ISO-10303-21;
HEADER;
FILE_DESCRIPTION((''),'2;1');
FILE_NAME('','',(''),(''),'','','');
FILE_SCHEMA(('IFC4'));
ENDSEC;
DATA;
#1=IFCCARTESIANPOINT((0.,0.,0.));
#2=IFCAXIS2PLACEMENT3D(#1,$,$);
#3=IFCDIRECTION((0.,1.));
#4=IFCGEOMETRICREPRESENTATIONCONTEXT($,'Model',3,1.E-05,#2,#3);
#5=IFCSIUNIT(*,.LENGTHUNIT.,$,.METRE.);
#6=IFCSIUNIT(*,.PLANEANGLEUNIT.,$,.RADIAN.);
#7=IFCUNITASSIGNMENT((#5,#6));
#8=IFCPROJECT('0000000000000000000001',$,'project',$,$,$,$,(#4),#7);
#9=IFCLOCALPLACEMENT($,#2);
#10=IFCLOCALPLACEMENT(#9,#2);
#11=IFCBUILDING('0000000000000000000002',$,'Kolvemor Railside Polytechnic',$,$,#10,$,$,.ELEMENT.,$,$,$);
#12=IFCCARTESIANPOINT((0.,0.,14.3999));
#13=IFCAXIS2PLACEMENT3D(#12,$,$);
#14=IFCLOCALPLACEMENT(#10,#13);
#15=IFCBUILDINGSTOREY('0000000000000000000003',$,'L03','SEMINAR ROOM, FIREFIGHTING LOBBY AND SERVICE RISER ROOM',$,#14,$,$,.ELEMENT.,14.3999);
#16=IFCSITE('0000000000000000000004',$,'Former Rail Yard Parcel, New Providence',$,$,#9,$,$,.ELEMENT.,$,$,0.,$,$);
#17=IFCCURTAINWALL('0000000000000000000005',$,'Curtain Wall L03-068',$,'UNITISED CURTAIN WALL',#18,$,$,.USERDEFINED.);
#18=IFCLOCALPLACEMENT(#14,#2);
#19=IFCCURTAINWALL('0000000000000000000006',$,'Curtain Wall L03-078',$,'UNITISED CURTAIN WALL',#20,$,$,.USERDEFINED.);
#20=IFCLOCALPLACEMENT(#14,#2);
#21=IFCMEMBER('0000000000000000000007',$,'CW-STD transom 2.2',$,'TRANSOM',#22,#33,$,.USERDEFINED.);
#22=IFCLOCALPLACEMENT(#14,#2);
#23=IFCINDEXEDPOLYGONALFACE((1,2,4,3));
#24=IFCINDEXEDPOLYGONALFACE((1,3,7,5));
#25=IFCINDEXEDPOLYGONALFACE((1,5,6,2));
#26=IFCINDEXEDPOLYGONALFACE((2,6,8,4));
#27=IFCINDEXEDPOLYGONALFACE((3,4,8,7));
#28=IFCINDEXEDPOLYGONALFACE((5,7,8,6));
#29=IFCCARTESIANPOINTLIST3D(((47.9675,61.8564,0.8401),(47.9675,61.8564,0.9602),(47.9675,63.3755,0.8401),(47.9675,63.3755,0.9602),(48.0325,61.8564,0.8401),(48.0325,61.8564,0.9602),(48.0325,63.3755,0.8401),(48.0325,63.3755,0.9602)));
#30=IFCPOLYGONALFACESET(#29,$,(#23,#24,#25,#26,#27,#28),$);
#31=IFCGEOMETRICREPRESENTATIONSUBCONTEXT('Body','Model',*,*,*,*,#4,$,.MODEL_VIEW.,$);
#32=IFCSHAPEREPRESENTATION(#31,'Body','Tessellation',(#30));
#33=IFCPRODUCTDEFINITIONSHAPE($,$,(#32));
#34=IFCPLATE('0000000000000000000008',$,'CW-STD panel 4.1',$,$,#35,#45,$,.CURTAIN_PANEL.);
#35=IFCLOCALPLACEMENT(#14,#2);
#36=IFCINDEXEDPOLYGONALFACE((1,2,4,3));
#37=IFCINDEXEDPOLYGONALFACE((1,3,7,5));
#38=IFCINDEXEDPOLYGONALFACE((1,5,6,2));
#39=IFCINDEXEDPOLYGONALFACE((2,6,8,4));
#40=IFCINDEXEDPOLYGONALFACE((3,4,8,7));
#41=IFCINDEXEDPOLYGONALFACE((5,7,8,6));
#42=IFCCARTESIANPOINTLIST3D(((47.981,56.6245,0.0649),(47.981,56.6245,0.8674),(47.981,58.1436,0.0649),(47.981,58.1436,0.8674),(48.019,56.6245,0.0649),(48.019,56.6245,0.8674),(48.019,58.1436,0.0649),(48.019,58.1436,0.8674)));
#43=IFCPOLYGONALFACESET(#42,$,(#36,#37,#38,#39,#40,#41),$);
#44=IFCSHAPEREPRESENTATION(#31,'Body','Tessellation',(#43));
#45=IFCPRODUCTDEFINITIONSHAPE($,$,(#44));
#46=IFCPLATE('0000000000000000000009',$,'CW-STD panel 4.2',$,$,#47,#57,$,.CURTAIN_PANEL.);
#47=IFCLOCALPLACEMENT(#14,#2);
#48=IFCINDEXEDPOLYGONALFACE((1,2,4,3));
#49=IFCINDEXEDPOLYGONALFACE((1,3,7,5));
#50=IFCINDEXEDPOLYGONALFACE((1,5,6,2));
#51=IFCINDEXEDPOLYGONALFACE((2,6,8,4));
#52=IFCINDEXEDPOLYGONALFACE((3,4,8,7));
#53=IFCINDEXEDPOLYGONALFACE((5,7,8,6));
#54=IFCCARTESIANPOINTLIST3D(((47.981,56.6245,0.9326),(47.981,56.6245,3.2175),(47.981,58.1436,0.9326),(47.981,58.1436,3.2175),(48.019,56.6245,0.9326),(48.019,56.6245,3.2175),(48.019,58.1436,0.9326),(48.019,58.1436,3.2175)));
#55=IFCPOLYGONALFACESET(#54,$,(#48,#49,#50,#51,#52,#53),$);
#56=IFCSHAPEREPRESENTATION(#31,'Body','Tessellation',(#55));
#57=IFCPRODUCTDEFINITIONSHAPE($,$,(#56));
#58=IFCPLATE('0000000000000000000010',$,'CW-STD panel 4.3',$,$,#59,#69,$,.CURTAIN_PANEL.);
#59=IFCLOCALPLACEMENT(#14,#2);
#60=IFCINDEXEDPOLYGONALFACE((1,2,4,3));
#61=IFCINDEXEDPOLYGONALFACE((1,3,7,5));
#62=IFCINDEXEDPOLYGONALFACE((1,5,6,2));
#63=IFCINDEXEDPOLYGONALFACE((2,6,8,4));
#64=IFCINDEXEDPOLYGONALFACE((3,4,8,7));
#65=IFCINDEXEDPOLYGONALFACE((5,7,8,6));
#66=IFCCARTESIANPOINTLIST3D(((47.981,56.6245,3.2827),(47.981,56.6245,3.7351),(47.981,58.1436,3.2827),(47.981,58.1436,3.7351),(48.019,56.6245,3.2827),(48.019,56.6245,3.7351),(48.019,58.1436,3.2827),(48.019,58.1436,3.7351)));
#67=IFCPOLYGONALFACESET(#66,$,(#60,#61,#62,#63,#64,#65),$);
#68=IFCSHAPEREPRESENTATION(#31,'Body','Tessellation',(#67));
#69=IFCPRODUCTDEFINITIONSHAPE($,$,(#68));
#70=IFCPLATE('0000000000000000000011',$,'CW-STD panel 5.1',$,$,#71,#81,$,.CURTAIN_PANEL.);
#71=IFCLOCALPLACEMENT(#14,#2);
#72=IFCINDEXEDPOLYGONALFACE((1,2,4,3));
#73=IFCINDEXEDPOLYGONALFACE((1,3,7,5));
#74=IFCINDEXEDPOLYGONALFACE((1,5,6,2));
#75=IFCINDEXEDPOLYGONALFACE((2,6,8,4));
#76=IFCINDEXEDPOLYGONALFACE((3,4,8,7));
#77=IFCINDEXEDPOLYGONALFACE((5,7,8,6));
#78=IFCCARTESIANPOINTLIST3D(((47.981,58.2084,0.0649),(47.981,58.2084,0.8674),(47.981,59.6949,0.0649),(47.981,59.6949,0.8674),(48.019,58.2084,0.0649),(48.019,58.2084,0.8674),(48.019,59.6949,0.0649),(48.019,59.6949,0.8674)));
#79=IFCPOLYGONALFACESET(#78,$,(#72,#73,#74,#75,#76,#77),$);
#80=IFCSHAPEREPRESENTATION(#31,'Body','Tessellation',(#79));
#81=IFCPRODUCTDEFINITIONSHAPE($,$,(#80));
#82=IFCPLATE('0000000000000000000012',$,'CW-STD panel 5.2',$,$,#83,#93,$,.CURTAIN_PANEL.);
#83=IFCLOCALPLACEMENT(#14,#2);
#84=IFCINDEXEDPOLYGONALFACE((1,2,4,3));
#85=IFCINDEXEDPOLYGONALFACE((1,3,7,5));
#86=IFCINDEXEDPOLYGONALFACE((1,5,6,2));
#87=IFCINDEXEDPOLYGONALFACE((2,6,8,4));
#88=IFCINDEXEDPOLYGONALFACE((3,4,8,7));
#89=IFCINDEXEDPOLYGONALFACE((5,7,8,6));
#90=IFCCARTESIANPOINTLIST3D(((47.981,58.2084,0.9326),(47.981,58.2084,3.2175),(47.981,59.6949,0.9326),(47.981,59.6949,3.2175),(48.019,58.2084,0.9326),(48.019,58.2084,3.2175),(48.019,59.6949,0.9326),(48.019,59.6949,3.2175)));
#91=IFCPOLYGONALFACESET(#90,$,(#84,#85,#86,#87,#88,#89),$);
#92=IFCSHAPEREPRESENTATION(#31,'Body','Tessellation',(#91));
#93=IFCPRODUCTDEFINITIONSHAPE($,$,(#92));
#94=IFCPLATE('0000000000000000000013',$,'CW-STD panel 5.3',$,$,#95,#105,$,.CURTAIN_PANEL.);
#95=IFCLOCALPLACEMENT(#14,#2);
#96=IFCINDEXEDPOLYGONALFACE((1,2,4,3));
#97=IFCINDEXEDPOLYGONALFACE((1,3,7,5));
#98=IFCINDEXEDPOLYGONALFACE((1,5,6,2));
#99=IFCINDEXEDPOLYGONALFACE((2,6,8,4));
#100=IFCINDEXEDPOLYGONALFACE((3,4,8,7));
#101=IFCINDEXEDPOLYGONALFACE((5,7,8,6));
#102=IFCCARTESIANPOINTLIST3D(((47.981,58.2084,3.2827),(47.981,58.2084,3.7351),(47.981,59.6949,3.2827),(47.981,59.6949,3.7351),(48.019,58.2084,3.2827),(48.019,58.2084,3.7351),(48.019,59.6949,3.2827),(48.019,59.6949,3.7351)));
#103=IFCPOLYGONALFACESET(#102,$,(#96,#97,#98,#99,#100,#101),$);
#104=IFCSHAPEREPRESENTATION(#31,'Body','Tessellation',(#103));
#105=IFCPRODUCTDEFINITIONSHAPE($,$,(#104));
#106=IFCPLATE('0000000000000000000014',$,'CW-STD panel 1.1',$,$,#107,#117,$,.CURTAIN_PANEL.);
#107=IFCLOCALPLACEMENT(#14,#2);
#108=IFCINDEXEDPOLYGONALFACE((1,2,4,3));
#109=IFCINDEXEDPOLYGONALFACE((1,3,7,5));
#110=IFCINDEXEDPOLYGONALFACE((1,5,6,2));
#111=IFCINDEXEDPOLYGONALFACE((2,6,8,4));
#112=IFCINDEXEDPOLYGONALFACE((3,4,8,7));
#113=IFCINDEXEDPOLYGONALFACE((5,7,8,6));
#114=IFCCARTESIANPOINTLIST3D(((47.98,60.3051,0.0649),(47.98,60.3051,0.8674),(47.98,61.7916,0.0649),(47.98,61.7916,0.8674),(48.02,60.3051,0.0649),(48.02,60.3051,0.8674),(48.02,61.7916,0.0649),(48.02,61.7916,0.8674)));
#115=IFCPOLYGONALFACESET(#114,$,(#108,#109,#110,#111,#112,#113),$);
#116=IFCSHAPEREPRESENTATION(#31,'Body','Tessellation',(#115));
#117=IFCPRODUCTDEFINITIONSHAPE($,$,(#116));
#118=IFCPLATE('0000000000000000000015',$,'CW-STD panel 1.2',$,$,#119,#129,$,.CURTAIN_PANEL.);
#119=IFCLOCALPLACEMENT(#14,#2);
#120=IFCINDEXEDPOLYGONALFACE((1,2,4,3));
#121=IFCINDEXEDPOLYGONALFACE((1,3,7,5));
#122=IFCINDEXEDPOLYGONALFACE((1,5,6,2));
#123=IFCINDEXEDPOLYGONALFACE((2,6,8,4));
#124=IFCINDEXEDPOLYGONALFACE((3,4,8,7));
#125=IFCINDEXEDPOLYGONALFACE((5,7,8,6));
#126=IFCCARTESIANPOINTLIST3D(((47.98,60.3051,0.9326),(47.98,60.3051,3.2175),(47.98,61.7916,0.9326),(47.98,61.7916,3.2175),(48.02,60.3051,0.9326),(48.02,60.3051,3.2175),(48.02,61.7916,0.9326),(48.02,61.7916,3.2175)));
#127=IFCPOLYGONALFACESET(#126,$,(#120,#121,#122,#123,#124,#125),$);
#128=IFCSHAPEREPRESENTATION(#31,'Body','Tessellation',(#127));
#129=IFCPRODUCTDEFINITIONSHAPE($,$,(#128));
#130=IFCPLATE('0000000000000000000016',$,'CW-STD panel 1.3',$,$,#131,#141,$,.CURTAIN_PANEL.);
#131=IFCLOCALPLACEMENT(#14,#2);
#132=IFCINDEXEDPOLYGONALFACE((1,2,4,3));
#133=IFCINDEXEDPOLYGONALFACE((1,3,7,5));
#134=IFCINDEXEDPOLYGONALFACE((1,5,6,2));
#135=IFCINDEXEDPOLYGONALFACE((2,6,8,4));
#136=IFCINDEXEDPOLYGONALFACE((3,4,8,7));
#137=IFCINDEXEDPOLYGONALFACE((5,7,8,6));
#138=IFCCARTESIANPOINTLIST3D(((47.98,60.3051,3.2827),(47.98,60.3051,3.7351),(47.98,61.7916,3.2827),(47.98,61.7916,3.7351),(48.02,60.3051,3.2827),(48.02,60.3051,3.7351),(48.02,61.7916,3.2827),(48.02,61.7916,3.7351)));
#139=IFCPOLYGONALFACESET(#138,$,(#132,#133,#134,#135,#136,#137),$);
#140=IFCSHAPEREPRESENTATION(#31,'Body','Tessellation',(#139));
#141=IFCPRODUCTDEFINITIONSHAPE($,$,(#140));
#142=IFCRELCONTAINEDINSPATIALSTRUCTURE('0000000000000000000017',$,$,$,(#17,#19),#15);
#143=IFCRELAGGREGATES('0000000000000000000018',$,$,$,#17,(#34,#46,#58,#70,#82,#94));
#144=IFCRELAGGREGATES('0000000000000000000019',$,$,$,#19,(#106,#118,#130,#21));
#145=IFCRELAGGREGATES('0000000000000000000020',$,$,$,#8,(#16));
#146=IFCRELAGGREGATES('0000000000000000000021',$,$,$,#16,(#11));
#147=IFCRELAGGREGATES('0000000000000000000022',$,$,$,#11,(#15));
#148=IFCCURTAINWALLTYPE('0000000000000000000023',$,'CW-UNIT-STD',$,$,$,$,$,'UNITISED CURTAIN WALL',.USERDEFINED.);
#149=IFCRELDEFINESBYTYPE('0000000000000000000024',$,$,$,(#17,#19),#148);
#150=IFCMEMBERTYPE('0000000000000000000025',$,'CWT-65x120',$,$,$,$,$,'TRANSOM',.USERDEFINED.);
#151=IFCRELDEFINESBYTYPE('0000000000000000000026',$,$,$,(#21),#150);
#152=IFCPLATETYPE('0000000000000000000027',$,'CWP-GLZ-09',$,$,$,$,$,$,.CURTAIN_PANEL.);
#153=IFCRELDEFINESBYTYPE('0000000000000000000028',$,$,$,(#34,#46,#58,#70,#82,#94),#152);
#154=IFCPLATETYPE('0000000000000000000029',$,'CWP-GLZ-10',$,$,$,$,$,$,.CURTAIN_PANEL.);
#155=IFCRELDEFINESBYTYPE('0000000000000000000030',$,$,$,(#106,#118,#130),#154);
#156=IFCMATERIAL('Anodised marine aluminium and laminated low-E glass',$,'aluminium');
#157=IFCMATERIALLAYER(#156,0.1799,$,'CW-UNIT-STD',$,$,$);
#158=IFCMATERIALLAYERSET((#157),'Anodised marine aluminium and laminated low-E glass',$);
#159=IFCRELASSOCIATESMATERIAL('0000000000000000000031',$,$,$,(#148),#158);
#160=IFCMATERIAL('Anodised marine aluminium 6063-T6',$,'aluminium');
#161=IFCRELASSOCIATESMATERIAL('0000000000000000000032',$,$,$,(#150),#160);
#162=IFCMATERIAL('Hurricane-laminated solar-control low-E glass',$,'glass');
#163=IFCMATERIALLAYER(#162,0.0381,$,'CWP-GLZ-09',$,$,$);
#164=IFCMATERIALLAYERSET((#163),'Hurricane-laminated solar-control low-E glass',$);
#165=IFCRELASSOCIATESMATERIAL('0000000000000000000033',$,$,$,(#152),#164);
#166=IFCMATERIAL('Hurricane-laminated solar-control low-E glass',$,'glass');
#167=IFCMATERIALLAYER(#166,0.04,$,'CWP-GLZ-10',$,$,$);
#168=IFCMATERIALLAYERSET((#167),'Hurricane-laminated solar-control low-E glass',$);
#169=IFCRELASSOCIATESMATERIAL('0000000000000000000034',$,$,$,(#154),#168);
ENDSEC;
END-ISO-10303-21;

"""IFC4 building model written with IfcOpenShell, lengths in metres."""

from ifc_helpers import new_model, si_unit, direction, frame, origin, origin_2d, place, context, subcontext, project, spatial, rectangle, extrude, material, layer, layer_set, material_profile, profile_set, type_object, element, aggregate, save


model = new_model("IFC4")

# Units and contexts
model_context = context("Model", 3, precision=1e-05, world=origin(), true_north=direction((0.0, 1.0)))
body_context = subcontext(model_context, "Body", "Model", "MODEL_VIEW")
ifc_project = project(units=[si_unit("LENGTHUNIT", "METRE"), si_unit("PLANEANGLEUNIT", "RADIAN")], contexts=[model_context])

# Site, building, storey
site_placement = place(None, origin())
site = spatial("IfcSite", under=ifc_project, at=site_placement, Name="Former Rail Yard Parcel, New Providence", CompositionType="ELEMENT", RefElevation=0.0)
building_placement = place(site_placement, origin())
building = spatial("IfcBuilding", under=site, at=building_placement, Name="Kolvemor Railside Polytechnic", CompositionType="ELEMENT")
storey_placement = place(building_placement, frame((0.0, 0.0, 14.3999)))
storey = spatial("IfcBuildingStorey", under=building, at=storey_placement, Name="L03", Description="SEMINAR ROOM, FIREFIGHTING LOBBY AND SERVICE RISER ROOM", CompositionType="ELEMENT", Elevation=14.3999)

# Curtain walls
ifc_material_1 = material(Name="Anodised marine aluminium and laminated low-E glass", Category="aluminium")
ifc_layer_1 = layer(ifc_material_1, 0.1799, Name="CW-UNIT-STD")
ifc_layer_set_1 = layer_set([ifc_layer_1], Name="Anodised marine aluminium and laminated low-E glass")
curtain_wall_type = type_object("IfcCurtainWallType", Name="CW-UNIT-STD", ElementType="UNITISED CURTAIN WALL", PredefinedType="USERDEFINED", material=ifc_layer_set_1)
curtain_wall_1_placement = place(storey_placement, origin())
curtain_wall_1 = element("IfcCurtainWall", 1, at=curtain_wall_1_placement, inside=storey, type_object=curtain_wall_type, Name="Curtain Wall L03-068", ObjectType="UNITISED CURTAIN WALL", PredefinedType="USERDEFINED")
curtain_wall_2_placement = place(storey_placement, origin())
curtain_wall_2 = element("IfcCurtainWall", 2, at=curtain_wall_2_placement, inside=storey, type_object=curtain_wall_type, Name="Curtain Wall L03-078", ObjectType="UNITISED CURTAIN WALL", PredefinedType="USERDEFINED")

# Member
ifc_material_2 = material(Name="Anodised marine aluminium 6063-T6", Category="aluminium")
ifc_material_profile_1 = material_profile(ifc_material_2, rectangle(XDim=0.0649, YDim=0.1201, at=origin_2d()), Name="CW-TRN-65x120")
ifc_profile_set_1 = profile_set([ifc_material_profile_1], Name="Anodised marine aluminium 6063-T6")
member_type_1 = type_object("IfcMemberType", Name="CWT-65x120", ElementType="TRANSOM", PredefinedType="USERDEFINED", material=ifc_profile_set_1)
member_1_placement = place(storey_placement, frame((48.0, 61.8564, 0.9001), z_axis=(0.0, 1.0, 0.0), x_axis=(-1.0, 0.0, 0.0)))
member_1 = element("IfcMember", 3, at=member_1_placement, type_object=member_type_1, Name="CW-STD transom 2.2", ObjectType="TRANSOM", PredefinedType="USERDEFINED", context=body_context, shape_type="SweptSolid", body=[
    extrude(rectangle(XDim=0.0649, YDim=0.1201, at=origin_2d()), origin(), (0.0, 0.0, 1.0), 1.519),
])

# Plates
ifc_material_3 = material(Name="Hurricane-laminated solar-control low-E glass", Category="glass")
ifc_layer_2 = layer(ifc_material_3, 0.0381, Name="CWP-GLZ-09")
ifc_layer_set_2 = layer_set([ifc_layer_2], Name="Hurricane-laminated solar-control low-E glass")
plate_type_1 = type_object("IfcPlateType", Name="CWP-GLZ-09", PredefinedType="CURTAIN_PANEL", material=ifc_layer_set_2)
plate_1_placement = place(storey_placement, frame((48.0, 57.384, 0.0649), z_axis=(0.0, 0.0, 1.0), x_axis=(0.0, 1.0, 0.0)))
plate_1 = element("IfcPlate", 4, at=plate_1_placement, type_object=plate_type_1, Name="CW-STD panel 4.1", PredefinedType="CURTAIN_PANEL", context=body_context, shape_type="SweptSolid", body=[
    extrude(rectangle(XDim=1.519, YDim=0.0381, at=origin_2d()), origin(), (0.0, 0.0, 1.0), 0.8025),
])
plate_2_placement = place(storey_placement, frame((48.0, 57.384, 0.9326), z_axis=(0.0, 0.0, 1.0), x_axis=(0.0, 1.0, 0.0)))
plate_2 = element("IfcPlate", 5, at=plate_2_placement, type_object=plate_type_1, Name="CW-STD panel 4.2", PredefinedType="CURTAIN_PANEL", context=body_context, shape_type="SweptSolid", body=[
    extrude(rectangle(XDim=1.519, YDim=0.0381, at=origin_2d()), origin(), (0.0, 0.0, 1.0), 2.2849),
])
plate_3_placement = place(storey_placement, frame((48.0, 57.384, 3.2827), z_axis=(0.0, 0.0, 1.0), x_axis=(0.0, 1.0, 0.0)))
plate_3 = element("IfcPlate", 6, at=plate_3_placement, type_object=plate_type_1, Name="CW-STD panel 4.3", PredefinedType="CURTAIN_PANEL", context=body_context, shape_type="SweptSolid", body=[
    extrude(rectangle(XDim=1.519, YDim=0.0381, at=origin_2d()), origin(), (0.0, 0.0, 1.0), 0.4524),
])
plate_4_placement = place(storey_placement, frame((48.0, 58.9517, 0.0649), z_axis=(0.0, 0.0, 1.0), x_axis=(0.0, 1.0, 0.0)))
plate_4 = element("IfcPlate", 7, at=plate_4_placement, type_object=plate_type_1, Name="CW-STD panel 5.1", PredefinedType="CURTAIN_PANEL", context=body_context, shape_type="SweptSolid", body=[
    extrude(rectangle(XDim=1.4866, YDim=0.0381, at=origin_2d()), origin(), (0.0, 0.0, 1.0), 0.8025),
])
plate_5_placement = place(storey_placement, frame((48.0, 58.9517, 0.9326), z_axis=(0.0, 0.0, 1.0), x_axis=(0.0, 1.0, 0.0)))
plate_5 = element("IfcPlate", 8, at=plate_5_placement, type_object=plate_type_1, Name="CW-STD panel 5.2", PredefinedType="CURTAIN_PANEL", context=body_context, shape_type="SweptSolid", body=[
    extrude(rectangle(XDim=1.4866, YDim=0.0381, at=origin_2d()), origin(), (0.0, 0.0, 1.0), 2.2849),
])
plate_6_placement = place(storey_placement, frame((48.0, 58.9517, 3.2827), z_axis=(0.0, 0.0, 1.0), x_axis=(0.0, 1.0, 0.0)))
plate_6 = element("IfcPlate", 9, at=plate_6_placement, type_object=plate_type_1, Name="CW-STD panel 5.3", PredefinedType="CURTAIN_PANEL", context=body_context, shape_type="SweptSolid", body=[
    extrude(rectangle(XDim=1.4866, YDim=0.0381, at=origin_2d()), origin(), (0.0, 0.0, 1.0), 0.4524),
])
aggregate(curtain_wall_1, [plate_1, plate_2, plate_3, plate_4, plate_5, plate_6])
ifc_material_4 = material(Name="Hurricane-laminated solar-control low-E glass", Category="glass")
ifc_layer_3 = layer(ifc_material_4, 0.04, Name="CWP-GLZ-10")
ifc_layer_set_3 = layer_set([ifc_layer_3], Name="Hurricane-laminated solar-control low-E glass")
plate_type_2 = type_object("IfcPlateType", Name="CWP-GLZ-10", PredefinedType="CURTAIN_PANEL", material=ifc_layer_set_3)
plate_7_placement = place(storey_placement, frame((48.0, 61.0483, 0.0649), z_axis=(0.0, 0.0, 1.0), x_axis=(0.0, 1.0, 0.0)))
plate_7 = element("IfcPlate", 10, at=plate_7_placement, type_object=plate_type_2, Name="CW-STD panel 1.1", PredefinedType="CURTAIN_PANEL", context=body_context, shape_type="SweptSolid", body=[
    extrude(rectangle(XDim=1.4866, YDim=0.04, at=origin_2d()), origin(), (0.0, 0.0, 1.0), 0.8025),
])
plate_8_placement = place(storey_placement, frame((48.0, 61.0483, 0.9326), z_axis=(0.0, 0.0, 1.0), x_axis=(0.0, 1.0, 0.0)))
plate_8 = element("IfcPlate", 11, at=plate_8_placement, type_object=plate_type_2, Name="CW-STD panel 1.2", PredefinedType="CURTAIN_PANEL", context=body_context, shape_type="SweptSolid", body=[
    extrude(rectangle(XDim=1.4866, YDim=0.04, at=origin_2d()), origin(), (0.0, 0.0, 1.0), 2.2849),
])
plate_9_placement = place(storey_placement, frame((48.0, 61.0483, 3.2827), z_axis=(0.0, 0.0, 1.0), x_axis=(0.0, 1.0, 0.0)))
plate_9 = element("IfcPlate", 12, at=plate_9_placement, type_object=plate_type_2, Name="CW-STD panel 1.3", PredefinedType="CURTAIN_PANEL", context=body_context, shape_type="SweptSolid", body=[
    extrude(rectangle(XDim=1.4866, YDim=0.04, at=origin_2d()), origin(), (0.0, 0.0, 1.0), 0.4524),
])
aggregate(curtain_wall_2, [plate_7, plate_8, plate_9, member_1])

save(model, "model.ifc")
